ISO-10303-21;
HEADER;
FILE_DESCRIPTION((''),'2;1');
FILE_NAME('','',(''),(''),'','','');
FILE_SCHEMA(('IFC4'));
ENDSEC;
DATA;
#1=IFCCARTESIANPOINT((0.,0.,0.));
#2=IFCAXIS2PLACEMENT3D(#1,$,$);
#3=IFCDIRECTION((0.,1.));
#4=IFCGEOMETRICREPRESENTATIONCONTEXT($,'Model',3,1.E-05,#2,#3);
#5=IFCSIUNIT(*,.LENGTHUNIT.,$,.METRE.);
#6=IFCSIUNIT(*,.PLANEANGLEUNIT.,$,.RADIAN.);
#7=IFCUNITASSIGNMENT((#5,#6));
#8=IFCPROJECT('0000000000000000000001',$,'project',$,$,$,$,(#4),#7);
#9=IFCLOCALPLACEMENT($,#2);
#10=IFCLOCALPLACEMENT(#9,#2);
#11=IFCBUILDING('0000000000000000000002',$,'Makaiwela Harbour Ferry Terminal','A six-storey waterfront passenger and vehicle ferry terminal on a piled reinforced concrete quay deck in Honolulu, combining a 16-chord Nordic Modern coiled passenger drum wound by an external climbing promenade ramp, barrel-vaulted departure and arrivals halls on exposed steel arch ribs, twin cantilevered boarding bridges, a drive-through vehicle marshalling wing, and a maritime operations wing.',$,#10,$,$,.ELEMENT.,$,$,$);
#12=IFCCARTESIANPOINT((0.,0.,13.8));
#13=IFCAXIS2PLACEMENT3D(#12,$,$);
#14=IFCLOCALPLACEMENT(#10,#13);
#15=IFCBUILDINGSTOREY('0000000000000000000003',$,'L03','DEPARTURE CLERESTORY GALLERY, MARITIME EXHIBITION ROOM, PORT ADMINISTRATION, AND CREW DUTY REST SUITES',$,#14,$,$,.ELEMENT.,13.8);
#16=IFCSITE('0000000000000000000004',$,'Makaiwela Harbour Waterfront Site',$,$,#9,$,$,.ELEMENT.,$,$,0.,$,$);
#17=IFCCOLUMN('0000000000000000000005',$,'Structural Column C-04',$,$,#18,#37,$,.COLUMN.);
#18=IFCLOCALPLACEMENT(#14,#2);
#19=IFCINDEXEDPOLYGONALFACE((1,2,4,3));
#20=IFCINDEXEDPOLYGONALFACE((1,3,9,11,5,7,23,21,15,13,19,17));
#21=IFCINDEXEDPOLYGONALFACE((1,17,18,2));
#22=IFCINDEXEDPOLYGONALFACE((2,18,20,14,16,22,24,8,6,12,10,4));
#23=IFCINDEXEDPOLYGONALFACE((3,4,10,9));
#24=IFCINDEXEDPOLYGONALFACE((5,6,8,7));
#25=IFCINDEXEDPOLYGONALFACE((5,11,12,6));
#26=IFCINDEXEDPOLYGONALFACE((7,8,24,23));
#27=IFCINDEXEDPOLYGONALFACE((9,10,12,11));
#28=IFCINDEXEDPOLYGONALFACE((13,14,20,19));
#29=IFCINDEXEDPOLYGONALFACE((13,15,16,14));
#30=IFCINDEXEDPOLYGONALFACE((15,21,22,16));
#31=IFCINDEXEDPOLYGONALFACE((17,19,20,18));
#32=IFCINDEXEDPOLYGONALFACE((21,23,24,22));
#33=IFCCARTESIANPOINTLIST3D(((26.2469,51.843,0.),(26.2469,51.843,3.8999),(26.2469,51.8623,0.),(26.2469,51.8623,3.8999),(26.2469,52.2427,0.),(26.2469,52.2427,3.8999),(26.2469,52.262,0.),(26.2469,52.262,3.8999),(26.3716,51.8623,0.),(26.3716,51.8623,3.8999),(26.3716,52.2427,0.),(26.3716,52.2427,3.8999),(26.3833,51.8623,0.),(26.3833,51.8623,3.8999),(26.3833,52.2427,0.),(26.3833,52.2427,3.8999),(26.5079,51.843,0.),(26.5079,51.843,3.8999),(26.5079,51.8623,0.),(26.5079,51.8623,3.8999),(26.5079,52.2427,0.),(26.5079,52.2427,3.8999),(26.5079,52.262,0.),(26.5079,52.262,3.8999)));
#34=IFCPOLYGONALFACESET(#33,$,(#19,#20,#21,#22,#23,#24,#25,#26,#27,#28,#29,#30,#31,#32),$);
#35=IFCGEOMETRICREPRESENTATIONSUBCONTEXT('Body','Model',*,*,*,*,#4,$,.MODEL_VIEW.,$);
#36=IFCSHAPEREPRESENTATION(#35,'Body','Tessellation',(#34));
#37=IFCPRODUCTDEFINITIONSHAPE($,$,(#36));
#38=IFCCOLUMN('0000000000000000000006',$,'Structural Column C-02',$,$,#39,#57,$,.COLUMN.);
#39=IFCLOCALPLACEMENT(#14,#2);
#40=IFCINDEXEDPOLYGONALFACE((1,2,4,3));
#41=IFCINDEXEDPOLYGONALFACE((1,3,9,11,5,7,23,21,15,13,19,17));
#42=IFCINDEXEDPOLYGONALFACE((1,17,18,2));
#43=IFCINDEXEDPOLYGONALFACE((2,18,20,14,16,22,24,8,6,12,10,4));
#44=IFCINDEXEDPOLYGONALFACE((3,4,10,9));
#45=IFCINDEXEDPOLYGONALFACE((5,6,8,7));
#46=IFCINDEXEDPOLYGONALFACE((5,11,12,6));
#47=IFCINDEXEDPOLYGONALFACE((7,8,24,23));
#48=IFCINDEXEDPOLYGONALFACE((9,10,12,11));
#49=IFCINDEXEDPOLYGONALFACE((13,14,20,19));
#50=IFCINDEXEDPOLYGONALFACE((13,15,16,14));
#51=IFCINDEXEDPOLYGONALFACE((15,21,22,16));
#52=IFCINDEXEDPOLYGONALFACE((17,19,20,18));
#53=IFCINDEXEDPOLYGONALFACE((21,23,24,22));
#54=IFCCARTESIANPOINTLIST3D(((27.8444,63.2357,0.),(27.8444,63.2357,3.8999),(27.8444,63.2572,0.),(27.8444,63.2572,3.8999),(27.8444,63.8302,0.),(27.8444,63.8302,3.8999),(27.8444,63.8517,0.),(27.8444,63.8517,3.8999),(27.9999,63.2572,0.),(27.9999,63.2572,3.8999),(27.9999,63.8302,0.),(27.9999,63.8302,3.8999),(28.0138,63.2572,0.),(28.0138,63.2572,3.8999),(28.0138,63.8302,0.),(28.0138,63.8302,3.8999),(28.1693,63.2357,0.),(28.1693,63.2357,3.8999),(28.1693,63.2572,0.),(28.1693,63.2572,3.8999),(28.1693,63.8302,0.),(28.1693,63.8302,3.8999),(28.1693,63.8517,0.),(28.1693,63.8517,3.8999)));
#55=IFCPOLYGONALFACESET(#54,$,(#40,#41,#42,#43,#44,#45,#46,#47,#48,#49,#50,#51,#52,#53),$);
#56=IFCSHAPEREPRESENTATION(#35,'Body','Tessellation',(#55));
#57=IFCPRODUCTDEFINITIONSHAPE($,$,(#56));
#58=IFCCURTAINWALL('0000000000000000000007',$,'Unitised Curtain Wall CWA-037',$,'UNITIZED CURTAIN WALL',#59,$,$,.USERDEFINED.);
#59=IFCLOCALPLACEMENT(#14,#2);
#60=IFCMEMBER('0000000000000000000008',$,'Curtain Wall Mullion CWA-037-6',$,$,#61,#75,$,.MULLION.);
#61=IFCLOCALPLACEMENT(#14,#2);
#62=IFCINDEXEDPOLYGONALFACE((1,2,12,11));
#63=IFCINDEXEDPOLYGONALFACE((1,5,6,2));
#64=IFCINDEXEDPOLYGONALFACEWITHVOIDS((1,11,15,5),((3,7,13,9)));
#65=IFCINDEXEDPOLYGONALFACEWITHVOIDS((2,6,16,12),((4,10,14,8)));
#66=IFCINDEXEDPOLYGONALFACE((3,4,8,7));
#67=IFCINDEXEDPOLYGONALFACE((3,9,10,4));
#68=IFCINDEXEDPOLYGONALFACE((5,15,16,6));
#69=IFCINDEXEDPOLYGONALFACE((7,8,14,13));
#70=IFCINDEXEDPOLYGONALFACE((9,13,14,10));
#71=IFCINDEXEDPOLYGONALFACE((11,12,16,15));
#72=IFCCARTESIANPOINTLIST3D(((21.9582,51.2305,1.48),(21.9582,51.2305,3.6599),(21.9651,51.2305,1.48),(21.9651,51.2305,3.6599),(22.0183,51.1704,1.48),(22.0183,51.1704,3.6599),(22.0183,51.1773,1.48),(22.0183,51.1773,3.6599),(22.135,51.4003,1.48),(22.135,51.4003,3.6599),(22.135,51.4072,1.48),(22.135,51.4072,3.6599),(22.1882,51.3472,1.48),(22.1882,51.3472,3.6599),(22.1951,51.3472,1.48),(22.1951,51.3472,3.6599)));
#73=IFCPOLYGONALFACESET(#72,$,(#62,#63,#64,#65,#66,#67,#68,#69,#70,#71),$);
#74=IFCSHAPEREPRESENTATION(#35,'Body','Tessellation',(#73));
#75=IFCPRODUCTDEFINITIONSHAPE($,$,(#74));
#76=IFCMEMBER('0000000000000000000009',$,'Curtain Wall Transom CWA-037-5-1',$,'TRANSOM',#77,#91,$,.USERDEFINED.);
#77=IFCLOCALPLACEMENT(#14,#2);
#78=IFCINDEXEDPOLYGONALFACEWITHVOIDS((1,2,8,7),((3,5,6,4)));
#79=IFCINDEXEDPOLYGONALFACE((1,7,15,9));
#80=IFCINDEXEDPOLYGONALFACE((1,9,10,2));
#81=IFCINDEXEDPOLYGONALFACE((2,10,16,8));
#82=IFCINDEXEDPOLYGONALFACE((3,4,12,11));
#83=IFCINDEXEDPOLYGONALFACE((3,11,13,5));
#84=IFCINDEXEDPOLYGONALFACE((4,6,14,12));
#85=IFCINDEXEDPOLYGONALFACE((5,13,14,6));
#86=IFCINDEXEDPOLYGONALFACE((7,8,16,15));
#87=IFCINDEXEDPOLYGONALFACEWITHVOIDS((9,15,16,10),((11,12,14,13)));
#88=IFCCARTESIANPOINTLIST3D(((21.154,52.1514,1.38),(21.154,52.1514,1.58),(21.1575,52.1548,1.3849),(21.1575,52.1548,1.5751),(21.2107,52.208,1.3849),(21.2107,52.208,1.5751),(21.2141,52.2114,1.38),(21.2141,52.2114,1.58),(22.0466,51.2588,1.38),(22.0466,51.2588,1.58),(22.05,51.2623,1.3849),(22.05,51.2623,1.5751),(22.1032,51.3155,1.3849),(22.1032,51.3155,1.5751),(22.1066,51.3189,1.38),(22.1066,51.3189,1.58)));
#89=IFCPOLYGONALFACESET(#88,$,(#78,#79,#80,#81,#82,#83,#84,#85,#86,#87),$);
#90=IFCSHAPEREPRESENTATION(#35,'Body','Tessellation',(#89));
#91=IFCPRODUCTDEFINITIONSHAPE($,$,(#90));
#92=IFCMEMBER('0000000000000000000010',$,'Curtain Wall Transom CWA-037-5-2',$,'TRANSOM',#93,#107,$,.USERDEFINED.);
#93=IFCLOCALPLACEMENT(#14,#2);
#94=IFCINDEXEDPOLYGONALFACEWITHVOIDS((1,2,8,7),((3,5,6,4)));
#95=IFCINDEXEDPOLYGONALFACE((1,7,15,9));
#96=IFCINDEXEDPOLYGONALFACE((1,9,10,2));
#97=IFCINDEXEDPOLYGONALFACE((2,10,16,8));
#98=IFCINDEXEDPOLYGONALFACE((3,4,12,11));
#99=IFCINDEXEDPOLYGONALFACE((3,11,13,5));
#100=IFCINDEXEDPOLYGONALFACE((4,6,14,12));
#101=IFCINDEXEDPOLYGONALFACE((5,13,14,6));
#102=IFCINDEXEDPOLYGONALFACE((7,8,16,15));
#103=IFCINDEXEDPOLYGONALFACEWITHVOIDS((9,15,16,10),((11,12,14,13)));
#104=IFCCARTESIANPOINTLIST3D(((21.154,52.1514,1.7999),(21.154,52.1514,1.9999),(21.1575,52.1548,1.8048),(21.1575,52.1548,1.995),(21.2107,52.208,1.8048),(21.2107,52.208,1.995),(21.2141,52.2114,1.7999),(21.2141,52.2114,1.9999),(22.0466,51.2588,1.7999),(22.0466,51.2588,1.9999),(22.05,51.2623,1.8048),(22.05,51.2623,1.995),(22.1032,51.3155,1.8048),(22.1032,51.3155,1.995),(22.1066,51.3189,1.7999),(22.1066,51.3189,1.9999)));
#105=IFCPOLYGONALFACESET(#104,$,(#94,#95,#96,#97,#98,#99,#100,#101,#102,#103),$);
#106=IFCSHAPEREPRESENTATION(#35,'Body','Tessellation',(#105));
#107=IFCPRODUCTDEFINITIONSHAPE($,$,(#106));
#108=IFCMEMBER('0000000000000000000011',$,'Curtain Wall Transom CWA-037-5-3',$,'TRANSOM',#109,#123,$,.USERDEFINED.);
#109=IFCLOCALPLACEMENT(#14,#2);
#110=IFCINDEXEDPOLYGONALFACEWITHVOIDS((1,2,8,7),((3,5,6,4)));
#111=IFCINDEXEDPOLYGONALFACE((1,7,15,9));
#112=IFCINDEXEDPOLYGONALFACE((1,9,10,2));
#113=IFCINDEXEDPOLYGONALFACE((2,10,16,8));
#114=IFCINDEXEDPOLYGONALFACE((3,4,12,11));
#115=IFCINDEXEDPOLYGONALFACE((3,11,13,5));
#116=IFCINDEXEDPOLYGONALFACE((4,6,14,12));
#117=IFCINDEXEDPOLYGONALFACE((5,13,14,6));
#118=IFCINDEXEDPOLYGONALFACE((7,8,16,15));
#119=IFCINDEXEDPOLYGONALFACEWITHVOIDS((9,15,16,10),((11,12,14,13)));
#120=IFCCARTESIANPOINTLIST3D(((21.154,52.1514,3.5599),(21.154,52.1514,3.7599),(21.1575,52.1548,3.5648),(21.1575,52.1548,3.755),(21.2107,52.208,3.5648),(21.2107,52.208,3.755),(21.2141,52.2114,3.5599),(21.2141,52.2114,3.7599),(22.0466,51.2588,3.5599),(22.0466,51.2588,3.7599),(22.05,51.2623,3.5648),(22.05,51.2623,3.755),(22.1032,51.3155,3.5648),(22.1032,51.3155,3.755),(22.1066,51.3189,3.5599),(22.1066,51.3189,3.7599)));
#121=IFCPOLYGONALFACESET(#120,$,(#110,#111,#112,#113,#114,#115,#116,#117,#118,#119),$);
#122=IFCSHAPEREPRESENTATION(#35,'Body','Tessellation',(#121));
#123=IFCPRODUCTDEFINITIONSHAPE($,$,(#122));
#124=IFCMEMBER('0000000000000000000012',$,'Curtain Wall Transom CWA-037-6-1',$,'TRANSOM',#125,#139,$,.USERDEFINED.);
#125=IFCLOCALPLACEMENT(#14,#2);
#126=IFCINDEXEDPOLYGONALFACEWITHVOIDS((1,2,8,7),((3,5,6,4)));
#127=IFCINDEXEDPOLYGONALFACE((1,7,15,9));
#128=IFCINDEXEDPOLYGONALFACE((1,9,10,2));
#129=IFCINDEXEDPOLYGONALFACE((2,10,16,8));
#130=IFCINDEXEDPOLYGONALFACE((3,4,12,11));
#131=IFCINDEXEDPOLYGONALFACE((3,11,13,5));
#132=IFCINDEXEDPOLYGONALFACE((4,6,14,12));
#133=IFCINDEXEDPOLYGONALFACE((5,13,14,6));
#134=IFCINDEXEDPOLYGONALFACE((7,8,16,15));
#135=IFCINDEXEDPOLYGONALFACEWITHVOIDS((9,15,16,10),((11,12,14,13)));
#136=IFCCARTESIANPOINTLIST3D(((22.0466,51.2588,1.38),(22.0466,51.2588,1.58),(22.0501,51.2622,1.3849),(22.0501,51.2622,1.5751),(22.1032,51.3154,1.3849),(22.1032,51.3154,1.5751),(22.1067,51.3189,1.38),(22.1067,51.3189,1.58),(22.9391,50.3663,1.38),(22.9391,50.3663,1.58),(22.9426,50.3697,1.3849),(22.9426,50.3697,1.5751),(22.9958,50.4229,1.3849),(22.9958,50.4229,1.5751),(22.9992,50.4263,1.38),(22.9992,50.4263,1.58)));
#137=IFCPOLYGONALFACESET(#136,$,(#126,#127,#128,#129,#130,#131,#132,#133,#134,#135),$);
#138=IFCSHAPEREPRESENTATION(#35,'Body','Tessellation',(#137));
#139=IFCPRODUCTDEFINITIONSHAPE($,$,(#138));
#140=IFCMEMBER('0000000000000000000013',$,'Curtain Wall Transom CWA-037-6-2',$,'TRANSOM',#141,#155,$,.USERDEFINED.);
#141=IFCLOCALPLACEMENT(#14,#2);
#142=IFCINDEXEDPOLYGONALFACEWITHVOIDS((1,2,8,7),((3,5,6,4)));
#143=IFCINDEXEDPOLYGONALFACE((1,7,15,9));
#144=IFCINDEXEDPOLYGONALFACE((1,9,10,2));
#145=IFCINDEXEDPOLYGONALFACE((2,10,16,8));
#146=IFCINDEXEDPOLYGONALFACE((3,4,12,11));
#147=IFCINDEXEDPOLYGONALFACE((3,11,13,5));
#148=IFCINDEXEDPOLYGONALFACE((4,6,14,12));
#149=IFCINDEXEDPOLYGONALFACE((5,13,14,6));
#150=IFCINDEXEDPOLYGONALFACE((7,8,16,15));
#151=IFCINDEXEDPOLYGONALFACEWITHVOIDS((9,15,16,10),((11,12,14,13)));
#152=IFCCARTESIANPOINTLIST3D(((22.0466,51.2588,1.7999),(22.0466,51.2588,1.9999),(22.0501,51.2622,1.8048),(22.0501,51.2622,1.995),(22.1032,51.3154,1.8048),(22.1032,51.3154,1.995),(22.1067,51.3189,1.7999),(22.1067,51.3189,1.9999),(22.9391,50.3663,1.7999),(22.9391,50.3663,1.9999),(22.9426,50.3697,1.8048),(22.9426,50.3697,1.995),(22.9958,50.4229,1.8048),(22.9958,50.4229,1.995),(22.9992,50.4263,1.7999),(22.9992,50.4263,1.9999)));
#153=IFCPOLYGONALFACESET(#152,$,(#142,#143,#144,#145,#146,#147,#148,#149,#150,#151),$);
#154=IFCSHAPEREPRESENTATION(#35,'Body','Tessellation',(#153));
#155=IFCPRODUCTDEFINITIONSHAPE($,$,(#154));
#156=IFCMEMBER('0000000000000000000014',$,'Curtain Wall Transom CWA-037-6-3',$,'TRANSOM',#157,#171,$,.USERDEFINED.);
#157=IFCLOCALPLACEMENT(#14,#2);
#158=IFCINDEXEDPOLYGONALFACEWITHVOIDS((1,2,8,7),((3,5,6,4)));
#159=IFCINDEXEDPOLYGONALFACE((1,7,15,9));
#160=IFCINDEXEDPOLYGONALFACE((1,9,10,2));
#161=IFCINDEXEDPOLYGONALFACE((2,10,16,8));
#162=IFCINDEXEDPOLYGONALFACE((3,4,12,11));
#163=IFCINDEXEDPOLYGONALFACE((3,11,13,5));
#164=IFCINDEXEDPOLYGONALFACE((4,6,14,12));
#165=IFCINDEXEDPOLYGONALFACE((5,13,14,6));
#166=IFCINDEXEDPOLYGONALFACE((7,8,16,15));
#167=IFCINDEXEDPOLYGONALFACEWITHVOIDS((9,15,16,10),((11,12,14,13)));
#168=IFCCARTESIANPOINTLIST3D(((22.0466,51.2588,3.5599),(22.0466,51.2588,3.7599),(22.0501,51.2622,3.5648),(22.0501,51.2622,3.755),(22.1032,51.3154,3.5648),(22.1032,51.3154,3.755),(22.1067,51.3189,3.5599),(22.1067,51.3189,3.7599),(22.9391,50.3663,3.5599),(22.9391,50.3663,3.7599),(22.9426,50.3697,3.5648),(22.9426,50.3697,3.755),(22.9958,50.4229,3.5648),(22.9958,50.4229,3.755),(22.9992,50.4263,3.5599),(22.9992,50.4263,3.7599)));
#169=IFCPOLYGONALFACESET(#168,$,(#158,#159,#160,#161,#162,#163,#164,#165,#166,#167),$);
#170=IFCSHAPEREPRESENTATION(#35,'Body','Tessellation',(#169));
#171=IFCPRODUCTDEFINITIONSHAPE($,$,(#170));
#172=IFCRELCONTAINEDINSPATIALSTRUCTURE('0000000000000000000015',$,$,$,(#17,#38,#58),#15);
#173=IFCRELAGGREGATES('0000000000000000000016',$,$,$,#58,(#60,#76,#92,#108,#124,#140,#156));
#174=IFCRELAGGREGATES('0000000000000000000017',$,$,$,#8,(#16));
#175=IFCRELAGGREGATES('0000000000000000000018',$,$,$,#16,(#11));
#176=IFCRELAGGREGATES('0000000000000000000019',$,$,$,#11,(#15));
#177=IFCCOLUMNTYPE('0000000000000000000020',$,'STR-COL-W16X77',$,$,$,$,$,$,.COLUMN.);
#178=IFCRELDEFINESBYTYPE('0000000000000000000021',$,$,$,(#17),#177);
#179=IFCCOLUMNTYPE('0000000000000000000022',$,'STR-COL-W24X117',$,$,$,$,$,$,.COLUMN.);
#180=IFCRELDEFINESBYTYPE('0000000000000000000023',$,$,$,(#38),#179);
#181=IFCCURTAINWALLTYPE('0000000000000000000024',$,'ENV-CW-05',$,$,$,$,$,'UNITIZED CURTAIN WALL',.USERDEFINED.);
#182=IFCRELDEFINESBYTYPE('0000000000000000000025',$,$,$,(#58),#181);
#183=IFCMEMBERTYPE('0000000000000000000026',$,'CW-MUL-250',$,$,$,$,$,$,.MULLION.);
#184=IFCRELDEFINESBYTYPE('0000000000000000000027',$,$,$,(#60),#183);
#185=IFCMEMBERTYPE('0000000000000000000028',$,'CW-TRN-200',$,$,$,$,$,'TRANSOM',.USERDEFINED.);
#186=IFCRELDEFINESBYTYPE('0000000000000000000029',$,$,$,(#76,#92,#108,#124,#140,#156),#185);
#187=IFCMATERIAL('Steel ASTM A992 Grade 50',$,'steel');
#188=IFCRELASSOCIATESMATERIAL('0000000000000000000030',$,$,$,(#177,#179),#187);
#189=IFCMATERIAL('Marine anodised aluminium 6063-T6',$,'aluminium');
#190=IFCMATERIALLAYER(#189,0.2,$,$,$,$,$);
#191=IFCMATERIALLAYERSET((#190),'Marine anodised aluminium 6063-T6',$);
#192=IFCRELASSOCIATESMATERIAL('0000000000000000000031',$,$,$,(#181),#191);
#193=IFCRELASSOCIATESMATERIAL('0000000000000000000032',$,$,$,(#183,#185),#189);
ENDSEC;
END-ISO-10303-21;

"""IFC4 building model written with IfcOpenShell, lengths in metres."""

from ifc_helpers import new_model, si_unit, direction, frame, origin, origin_2d, place, context, subcontext, project, spatial, hollow_rectangle, i_section, extrude, material, layer, layer_set, material_profile, profile_set, type_object, element, aggregate, save


model = new_model("IFC4")

# Units and contexts
model_context = context("Model", 3, precision=1e-05, world=origin(), true_north=direction((0.0, 1.0)))
body_context = subcontext(model_context, "Body", "Model", "MODEL_VIEW")
ifc_project = project(units=[si_unit("LENGTHUNIT", "METRE"), si_unit("PLANEANGLEUNIT", "RADIAN")], contexts=[model_context])

# Site, building, storey
site_placement = place(None, origin())
site = spatial("IfcSite", under=ifc_project, at=site_placement, Name="Makaiwela Harbour Waterfront Site", CompositionType="ELEMENT", RefElevation=0.0)
building_placement = place(site_placement, origin())
building = spatial("IfcBuilding", under=site, at=building_placement, Name="Makaiwela Harbour Ferry Terminal", Description="A six-storey waterfront passenger and vehicle ferry terminal on a piled reinforced concrete quay deck in Honolulu, combining a 16-chord Nordic Modern coiled passenger drum wound by an external climbing promenade ramp, barrel-vaulted departure and arrivals halls on exposed steel arch ribs, twin cantilevered boarding bridges, a drive-through vehicle marshalling wing, and a maritime operations wing.", CompositionType="ELEMENT")
storey_placement = place(building_placement, frame((0.0, 0.0, 13.8)))
storey = spatial("IfcBuildingStorey", under=building, at=storey_placement, Name="L03", Description="DEPARTURE CLERESTORY GALLERY, MARITIME EXHIBITION ROOM, PORT ADMINISTRATION, AND CREW DUTY REST SUITES", CompositionType="ELEMENT", Elevation=13.8)

# Columns
ifc_material_1 = material(Name="Steel ASTM A992 Grade 50", Category="steel")
ifc_material_profile_1 = material_profile(ifc_material_1, i_section(OverallWidth=0.261, OverallDepth=0.4189, WebThickness=0.0117, FlangeThickness=0.0193, at=origin_2d()), Name="W16X77")
ifc_profile_set_1 = profile_set([ifc_material_profile_1], Name="Steel ASTM A992 Grade 50")
column_type_1 = type_object("IfcColumnType", Name="STR-COL-W16X77", PredefinedType="COLUMN", material=ifc_profile_set_1)
column_1_placement = place(storey_placement, frame((26.3774, 52.0525, 0.0), z_axis=(0.0, 0.0, 1.0), x_axis=(1.0, 0.0, 0.0)))
element("IfcColumn", 1, at=column_1_placement, inside=storey, type_object=column_type_1, Name="Structural Column C-04", PredefinedType="COLUMN", context=body_context, shape_type="SweptSolid", body=[
    extrude(i_section(OverallWidth=0.261, OverallDepth=0.4189, WebThickness=0.0117, FlangeThickness=0.0193, at=origin_2d()), origin(), (0.0, 0.0, 1.0), 3.8999),
])
ifc_material_profile_2 = material_profile(ifc_material_1, i_section(OverallWidth=0.325, OverallDepth=0.616, WebThickness=0.0139, FlangeThickness=0.0215, at=origin_2d()), Name="W24X117")
ifc_profile_set_2 = profile_set([ifc_material_profile_2], Name="Steel ASTM A992 Grade 50")
column_type_2 = type_object("IfcColumnType", Name="STR-COL-W24X117", PredefinedType="COLUMN", material=ifc_profile_set_2)
column_2_placement = place(storey_placement, frame((28.0068, 63.5437, 0.0), z_axis=(0.0, 0.0, 1.0), x_axis=(1.0, 0.0, 0.0)))
element("IfcColumn", 2, at=column_2_placement, inside=storey, type_object=column_type_2, Name="Structural Column C-02", PredefinedType="COLUMN", context=body_context, shape_type="SweptSolid", body=[
    extrude(i_section(OverallWidth=0.325, OverallDepth=0.616, WebThickness=0.0139, FlangeThickness=0.0215, at=origin_2d()), origin(), (0.0, 0.0, 1.0), 3.8999),
])

# Curtain wall, members
ifc_material_2 = material(Name="Marine anodised aluminium 6063-T6", Category="aluminium")
ifc_layer_1 = layer(ifc_material_2, 0.2)
ifc_layer_set_1 = layer_set([ifc_layer_1], Name="Marine anodised aluminium 6063-T6")
curtain_wall_type = type_object("IfcCurtainWallType", Name="ENV-CW-05", ElementType="UNITIZED CURTAIN WALL", PredefinedType="USERDEFINED", material=ifc_layer_set_1)
curtain_wall_placement = place(storey_placement, origin())
curtain_wall = element("IfcCurtainWall", 3, at=curtain_wall_placement, inside=storey, type_object=curtain_wall_type, Name="Unitised Curtain Wall CWA-037", ObjectType="UNITIZED CURTAIN WALL", PredefinedType="USERDEFINED")
ifc_material_profile_3 = material_profile(ifc_material_2, hollow_rectangle(XDim=0.085, YDim=0.25, WallThickness=0.0049, at=origin_2d()), Name="CWM-250X85")
ifc_profile_set_3 = profile_set([ifc_material_profile_3], Name="Marine anodised aluminium 6063-T6")
member_type_1 = type_object("IfcMemberType", Name="CW-MUL-250", PredefinedType="MULLION", material=ifc_profile_set_3)
member_1_placement = place(storey_placement, frame((22.0767, 51.2888, 1.48), z_axis=(0.0, 0.0, 1.0), x_axis=(-0.707107, 0.707107, 0.0)))
member_1 = element("IfcMember", 4, at=member_1_placement, type_object=member_type_1, Name="Curtain Wall Mullion CWA-037-6", PredefinedType="MULLION", context=body_context, shape_type="SweptSolid", body=[
    extrude(hollow_rectangle(XDim=0.085, YDim=0.25, WallThickness=0.0049, at=origin_2d()), origin(), (0.0, 0.0, 1.0), 2.1799),
])
ifc_material_profile_4 = material_profile(ifc_material_2, hollow_rectangle(XDim=0.085, YDim=0.2, WallThickness=0.0049, at=origin_2d()), Name="CWT-200X85")
ifc_profile_set_4 = profile_set([ifc_material_profile_4], Name="Marine anodised aluminium 6063-T6")
member_type_2 = type_object("IfcMemberType", Name="CW-TRN-200", ElementType="TRANSOM", PredefinedType="USERDEFINED", material=ifc_profile_set_4)
member_2_placement = place(storey_placement, frame((21.1841, 52.1814, 1.48), z_axis=(0.707107, -0.707107, 0.0), x_axis=(0.707107, 0.707107, 0.0)))
member_2 = element("IfcMember", 5, at=member_2_placement, type_object=member_type_2, Name="Curtain Wall Transom CWA-037-5-1", ObjectType="TRANSOM", PredefinedType="USERDEFINED", context=body_context, shape_type="SweptSolid", body=[
    extrude(hollow_rectangle(XDim=0.085, YDim=0.2, WallThickness=0.0049, at=origin_2d()), origin(), (0.0, 0.0, 1.0), 1.2622),
])
member_3_placement = place(storey_placement, frame((21.1841, 52.1814, 1.8999), z_axis=(0.707107, -0.707107, 0.0), x_axis=(0.707107, 0.707107, 0.0)))
member_3 = element("IfcMember", 6, at=member_3_placement, type_object=member_type_2, Name="Curtain Wall Transom CWA-037-5-2", ObjectType="TRANSOM", PredefinedType="USERDEFINED", context=body_context, shape_type="SweptSolid", body=[
    extrude(hollow_rectangle(XDim=0.085, YDim=0.2, WallThickness=0.0049, at=origin_2d()), origin(), (0.0, 0.0, 1.0), 1.2622),
])
member_4_placement = place(storey_placement, frame((21.1841, 52.1814, 3.6599), z_axis=(0.707107, -0.707107, 0.0), x_axis=(0.707107, 0.707107, 0.0)))
member_4 = element("IfcMember", 7, at=member_4_placement, type_object=member_type_2, Name="Curtain Wall Transom CWA-037-5-3", ObjectType="TRANSOM", PredefinedType="USERDEFINED", context=body_context, shape_type="SweptSolid", body=[
    extrude(hollow_rectangle(XDim=0.085, YDim=0.2, WallThickness=0.0049, at=origin_2d()), origin(), (0.0, 0.0, 1.0), 1.2622),
])
member_5_placement = place(storey_placement, frame((22.0767, 51.2888, 1.48), z_axis=(0.707107, -0.707107, 0.0), x_axis=(0.707107, 0.707107, 0.0)))
member_5 = element("IfcMember", 8, at=member_5_placement, type_object=member_type_2, Name="Curtain Wall Transom CWA-037-6-1", ObjectType="TRANSOM", PredefinedType="USERDEFINED", context=body_context, shape_type="SweptSolid", body=[
    extrude(hollow_rectangle(XDim=0.085, YDim=0.2, WallThickness=0.0049, at=origin_2d()), origin(), (0.0, 0.0, 1.0), 1.2622),
])
member_6_placement = place(storey_placement, frame((22.0767, 51.2888, 1.8999), z_axis=(0.707107, -0.707107, 0.0), x_axis=(0.707107, 0.707107, 0.0)))
member_6 = element("IfcMember", 9, at=member_6_placement, type_object=member_type_2, Name="Curtain Wall Transom CWA-037-6-2", ObjectType="TRANSOM", PredefinedType="USERDEFINED", context=body_context, shape_type="SweptSolid", body=[
    extrude(hollow_rectangle(XDim=0.085, YDim=0.2, WallThickness=0.0049, at=origin_2d()), origin(), (0.0, 0.0, 1.0), 1.2622),
])
member_7_placement = place(storey_placement, frame((22.0767, 51.2888, 3.6599), z_axis=(0.707107, -0.707107, 0.0), x_axis=(0.707107, 0.707107, 0.0)))
member_7 = element("IfcMember", 10, at=member_7_placement, type_object=member_type_2, Name="Curtain Wall Transom CWA-037-6-3", ObjectType="TRANSOM", PredefinedType="USERDEFINED", context=body_context, shape_type="SweptSolid", body=[
    extrude(hollow_rectangle(XDim=0.085, YDim=0.2, WallThickness=0.0049, at=origin_2d()), origin(), (0.0, 0.0, 1.0), 1.2622),
])

aggregate(curtain_wall, [member_1, member_2, member_3, member_4, member_5, member_6, member_7])

save(model, "model.ifc")
